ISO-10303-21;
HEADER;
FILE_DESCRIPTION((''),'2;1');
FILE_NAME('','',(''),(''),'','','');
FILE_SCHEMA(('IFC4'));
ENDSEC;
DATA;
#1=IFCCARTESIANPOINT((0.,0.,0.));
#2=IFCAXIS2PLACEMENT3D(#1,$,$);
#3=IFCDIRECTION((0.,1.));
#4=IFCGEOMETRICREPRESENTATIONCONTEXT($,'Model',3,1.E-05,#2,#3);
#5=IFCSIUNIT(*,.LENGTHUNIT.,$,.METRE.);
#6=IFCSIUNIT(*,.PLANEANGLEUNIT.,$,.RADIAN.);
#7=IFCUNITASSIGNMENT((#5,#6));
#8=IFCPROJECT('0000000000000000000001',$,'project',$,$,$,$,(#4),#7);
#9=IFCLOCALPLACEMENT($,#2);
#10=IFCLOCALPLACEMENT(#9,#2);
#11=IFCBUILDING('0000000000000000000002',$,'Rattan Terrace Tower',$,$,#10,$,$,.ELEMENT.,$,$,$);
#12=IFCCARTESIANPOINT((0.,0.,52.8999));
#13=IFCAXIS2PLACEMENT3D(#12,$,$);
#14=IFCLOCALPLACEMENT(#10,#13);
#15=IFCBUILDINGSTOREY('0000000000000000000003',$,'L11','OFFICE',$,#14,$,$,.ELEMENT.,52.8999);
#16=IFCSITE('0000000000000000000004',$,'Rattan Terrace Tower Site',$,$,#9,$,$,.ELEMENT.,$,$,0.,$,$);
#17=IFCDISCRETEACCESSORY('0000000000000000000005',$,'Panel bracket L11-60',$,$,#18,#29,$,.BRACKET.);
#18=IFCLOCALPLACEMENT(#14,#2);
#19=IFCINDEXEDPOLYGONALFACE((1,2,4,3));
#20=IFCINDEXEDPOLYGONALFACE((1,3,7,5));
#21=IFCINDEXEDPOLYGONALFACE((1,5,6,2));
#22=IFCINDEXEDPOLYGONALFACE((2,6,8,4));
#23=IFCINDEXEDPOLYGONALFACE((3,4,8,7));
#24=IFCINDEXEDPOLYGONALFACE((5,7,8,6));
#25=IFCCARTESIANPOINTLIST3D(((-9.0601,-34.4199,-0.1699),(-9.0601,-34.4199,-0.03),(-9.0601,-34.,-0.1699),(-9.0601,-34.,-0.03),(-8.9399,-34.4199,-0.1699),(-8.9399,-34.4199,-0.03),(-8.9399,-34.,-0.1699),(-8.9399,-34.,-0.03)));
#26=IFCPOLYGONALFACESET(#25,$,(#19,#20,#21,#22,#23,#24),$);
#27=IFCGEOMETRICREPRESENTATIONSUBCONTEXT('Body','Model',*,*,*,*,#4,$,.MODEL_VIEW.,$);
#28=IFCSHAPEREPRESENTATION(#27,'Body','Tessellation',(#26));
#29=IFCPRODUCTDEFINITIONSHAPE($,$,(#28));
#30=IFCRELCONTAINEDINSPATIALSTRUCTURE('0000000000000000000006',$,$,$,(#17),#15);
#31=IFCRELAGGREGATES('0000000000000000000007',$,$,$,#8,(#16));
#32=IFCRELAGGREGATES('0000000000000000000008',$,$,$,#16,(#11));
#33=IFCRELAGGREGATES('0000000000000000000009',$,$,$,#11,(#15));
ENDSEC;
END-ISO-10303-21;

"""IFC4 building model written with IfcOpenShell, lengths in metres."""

from ifc_helpers import new_model, si_unit, direction, frame, origin, origin_2d, place, context, subcontext, project, spatial, rectangle, extrude, element, save


model = new_model("IFC4")

# Units and contexts
model_context = context("Model", 3, precision=1e-05, world=origin(), true_north=direction((0.0, 1.0)))
body_context = subcontext(model_context, "Body", "Model", "MODEL_VIEW")
ifc_project = project(units=[si_unit("LENGTHUNIT", "METRE"), si_unit("PLANEANGLEUNIT", "RADIAN")], contexts=[model_context])

# Site, building, storey
site_placement = place(None, origin())
site = spatial("IfcSite", under=ifc_project, at=site_placement, Name="Rattan Terrace Tower Site", CompositionType="ELEMENT", RefElevation=0.0)
building_placement = place(site_placement, origin())
building = spatial("IfcBuilding", under=site, at=building_placement, Name="Rattan Terrace Tower", CompositionType="ELEMENT")
storey_placement = place(building_placement, frame((0.0, 0.0, 52.8999)))
storey = spatial("IfcBuildingStorey", under=building, at=storey_placement, Name="L11", Description="OFFICE", CompositionType="ELEMENT", Elevation=52.8999)

# Discrete accessory
for number, where, z_axis, x_axis, name in (
    (1, (-9.0, -34.21, -0.1699), (0.0, 0.0, 1.0), (1.0, 0.0, 0.0), "Panel bracket L11-60"),
):
    element("IfcDiscreteAccessory", number, at=place(storey_placement, frame(where, z_axis=z_axis, x_axis=x_axis)), inside=storey, Name=name, PredefinedType="BRACKET", context=body_context, shape_type="SweptSolid", body=[
        extrude(rectangle(XDim=0.1201, YDim=0.4199, at=origin_2d()), origin(), (0.0, 0.0, 1.0), 0.1399),
    ])

save(model, "model.ifc")
